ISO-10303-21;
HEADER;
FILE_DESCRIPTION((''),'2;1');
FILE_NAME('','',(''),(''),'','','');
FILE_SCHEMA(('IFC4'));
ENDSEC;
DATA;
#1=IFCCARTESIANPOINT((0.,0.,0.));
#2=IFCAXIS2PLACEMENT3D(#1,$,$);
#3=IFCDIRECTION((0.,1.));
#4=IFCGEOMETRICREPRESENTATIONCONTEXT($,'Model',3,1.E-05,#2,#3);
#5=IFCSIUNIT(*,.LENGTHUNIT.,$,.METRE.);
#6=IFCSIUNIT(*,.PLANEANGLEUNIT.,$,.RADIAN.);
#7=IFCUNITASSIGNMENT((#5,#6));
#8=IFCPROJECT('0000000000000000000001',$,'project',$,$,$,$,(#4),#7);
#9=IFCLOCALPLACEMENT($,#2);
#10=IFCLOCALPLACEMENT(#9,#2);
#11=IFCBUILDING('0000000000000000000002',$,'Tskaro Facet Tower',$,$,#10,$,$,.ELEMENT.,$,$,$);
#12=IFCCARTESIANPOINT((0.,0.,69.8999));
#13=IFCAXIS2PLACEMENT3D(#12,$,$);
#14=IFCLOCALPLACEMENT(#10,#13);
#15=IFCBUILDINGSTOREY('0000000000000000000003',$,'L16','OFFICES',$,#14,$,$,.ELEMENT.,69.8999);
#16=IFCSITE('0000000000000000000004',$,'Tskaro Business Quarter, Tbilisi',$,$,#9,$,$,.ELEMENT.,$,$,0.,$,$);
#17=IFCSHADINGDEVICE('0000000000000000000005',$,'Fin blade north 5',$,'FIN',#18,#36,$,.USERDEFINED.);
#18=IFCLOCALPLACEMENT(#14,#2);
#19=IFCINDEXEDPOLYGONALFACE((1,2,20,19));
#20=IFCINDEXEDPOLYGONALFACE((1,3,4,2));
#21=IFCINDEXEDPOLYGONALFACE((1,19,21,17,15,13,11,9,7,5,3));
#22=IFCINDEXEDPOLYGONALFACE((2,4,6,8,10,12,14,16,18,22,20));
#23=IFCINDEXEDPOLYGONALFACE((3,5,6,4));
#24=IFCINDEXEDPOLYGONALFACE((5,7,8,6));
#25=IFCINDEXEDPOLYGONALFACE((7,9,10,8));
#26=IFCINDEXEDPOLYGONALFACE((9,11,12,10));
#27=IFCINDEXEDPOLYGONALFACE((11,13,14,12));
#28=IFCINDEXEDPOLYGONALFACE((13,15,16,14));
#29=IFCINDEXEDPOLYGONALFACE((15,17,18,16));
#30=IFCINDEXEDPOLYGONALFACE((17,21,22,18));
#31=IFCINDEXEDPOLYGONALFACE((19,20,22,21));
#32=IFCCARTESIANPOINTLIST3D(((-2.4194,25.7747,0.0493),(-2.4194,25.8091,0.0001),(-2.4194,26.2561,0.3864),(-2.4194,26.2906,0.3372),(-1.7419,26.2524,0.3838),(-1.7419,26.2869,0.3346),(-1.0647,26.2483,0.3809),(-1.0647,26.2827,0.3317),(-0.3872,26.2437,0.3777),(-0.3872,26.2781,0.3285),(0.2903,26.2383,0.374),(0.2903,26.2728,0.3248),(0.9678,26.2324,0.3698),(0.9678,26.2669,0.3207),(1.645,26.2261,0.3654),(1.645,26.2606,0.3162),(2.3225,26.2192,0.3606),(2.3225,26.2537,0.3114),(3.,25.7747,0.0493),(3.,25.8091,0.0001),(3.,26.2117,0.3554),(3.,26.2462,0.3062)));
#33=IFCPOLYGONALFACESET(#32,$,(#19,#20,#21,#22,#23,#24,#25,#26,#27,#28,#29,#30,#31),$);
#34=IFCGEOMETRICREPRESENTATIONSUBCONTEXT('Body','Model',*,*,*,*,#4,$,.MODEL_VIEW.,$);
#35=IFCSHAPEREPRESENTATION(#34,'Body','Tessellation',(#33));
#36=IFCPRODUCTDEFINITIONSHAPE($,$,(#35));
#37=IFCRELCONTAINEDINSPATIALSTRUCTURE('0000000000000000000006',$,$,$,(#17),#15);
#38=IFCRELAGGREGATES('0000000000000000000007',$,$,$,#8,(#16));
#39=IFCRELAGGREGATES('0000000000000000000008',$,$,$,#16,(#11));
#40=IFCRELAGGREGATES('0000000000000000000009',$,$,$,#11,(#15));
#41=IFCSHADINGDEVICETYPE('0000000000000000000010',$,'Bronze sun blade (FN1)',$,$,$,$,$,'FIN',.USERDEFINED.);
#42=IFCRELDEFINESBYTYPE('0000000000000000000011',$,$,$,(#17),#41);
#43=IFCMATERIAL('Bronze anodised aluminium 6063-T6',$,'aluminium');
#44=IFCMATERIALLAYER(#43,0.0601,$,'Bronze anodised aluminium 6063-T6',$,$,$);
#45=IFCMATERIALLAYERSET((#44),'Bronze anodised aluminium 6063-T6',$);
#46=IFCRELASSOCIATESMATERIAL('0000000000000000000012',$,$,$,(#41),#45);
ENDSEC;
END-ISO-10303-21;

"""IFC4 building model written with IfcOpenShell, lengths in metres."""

from ifc_helpers import new_model, si_unit, direction, frame, origin, place, context, subcontext, project, spatial, polyline, outline, extrude, material, layer, layer_set, type_object, element, save


model = new_model("IFC4")

# Units and contexts
model_context = context("Model", 3, precision=1e-05, world=origin(), true_north=direction((0.0, 1.0)))
body_context = subcontext(model_context, "Body", "Model", "MODEL_VIEW")
ifc_project = project(units=[si_unit("LENGTHUNIT", "METRE"), si_unit("PLANEANGLEUNIT", "RADIAN")], contexts=[model_context])

# Site, building, storey
site_placement = place(None, origin())
site = spatial("IfcSite", under=ifc_project, at=site_placement, Name="Tskaro Business Quarter, Tbilisi", CompositionType="ELEMENT", RefElevation=0.0)
building_placement = place(site_placement, origin())
building = spatial("IfcBuilding", under=site, at=building_placement, Name="Tskaro Facet Tower", CompositionType="ELEMENT")
storey_placement = place(building_placement, frame((0.0, 0.0, 69.8999)))
storey = spatial("IfcBuildingStorey", under=building, at=storey_placement, Name="L16", Description="OFFICES", CompositionType="ELEMENT", Elevation=69.8999)

# Shared definitions
ifc_material_1 = material(Name="Bronze anodised aluminium 6063-T6", Category="aluminium")

# Shading device
ifc_layer_1 = layer(ifc_material_1, 0.0601, Name="Bronze anodised aluminium 6063-T6")
ifc_layer_set_1 = layer_set([ifc_layer_1], Name="Bronze anodised aluminium 6063-T6")
shading_device_type = type_object("IfcShadingDeviceType", Name="Bronze sun blade (FN1)", ElementType="FIN", PredefinedType="USERDEFINED", material=ifc_layer_set_1)
shading_device_1_placement = place(storey_placement, frame((3.0, 25.7747, 0.0493), z_axis=(-0.000008, -0.573586, 0.819146), x_axis=(-1.0, 0.000004, -0.000006)))
element("IfcShadingDevice", 1, at=shading_device_1_placement, inside=storey, type_object=shading_device_type, Name="Fin blade north 5", ObjectType="FIN", PredefinedType="USERDEFINED", context=body_context, shape_type="SweptSolid", body=[
    extrude(outline(polyline([(0.0, 0.0), (5.4194, 0.0), (5.4194, -0.5878), (4.7419, -0.5832), (4.0647, -0.5781), (3.3872, -0.5725), (2.7097, -0.566), (2.0322, -0.5588), (1.355, -0.5511), (0.6775, -0.5427), (0.0, -0.5336), (0.0, 0.0)])), origin(), (0.0, 0.0, -1.0), 0.0601),
])

save(model, "model.ifc")
